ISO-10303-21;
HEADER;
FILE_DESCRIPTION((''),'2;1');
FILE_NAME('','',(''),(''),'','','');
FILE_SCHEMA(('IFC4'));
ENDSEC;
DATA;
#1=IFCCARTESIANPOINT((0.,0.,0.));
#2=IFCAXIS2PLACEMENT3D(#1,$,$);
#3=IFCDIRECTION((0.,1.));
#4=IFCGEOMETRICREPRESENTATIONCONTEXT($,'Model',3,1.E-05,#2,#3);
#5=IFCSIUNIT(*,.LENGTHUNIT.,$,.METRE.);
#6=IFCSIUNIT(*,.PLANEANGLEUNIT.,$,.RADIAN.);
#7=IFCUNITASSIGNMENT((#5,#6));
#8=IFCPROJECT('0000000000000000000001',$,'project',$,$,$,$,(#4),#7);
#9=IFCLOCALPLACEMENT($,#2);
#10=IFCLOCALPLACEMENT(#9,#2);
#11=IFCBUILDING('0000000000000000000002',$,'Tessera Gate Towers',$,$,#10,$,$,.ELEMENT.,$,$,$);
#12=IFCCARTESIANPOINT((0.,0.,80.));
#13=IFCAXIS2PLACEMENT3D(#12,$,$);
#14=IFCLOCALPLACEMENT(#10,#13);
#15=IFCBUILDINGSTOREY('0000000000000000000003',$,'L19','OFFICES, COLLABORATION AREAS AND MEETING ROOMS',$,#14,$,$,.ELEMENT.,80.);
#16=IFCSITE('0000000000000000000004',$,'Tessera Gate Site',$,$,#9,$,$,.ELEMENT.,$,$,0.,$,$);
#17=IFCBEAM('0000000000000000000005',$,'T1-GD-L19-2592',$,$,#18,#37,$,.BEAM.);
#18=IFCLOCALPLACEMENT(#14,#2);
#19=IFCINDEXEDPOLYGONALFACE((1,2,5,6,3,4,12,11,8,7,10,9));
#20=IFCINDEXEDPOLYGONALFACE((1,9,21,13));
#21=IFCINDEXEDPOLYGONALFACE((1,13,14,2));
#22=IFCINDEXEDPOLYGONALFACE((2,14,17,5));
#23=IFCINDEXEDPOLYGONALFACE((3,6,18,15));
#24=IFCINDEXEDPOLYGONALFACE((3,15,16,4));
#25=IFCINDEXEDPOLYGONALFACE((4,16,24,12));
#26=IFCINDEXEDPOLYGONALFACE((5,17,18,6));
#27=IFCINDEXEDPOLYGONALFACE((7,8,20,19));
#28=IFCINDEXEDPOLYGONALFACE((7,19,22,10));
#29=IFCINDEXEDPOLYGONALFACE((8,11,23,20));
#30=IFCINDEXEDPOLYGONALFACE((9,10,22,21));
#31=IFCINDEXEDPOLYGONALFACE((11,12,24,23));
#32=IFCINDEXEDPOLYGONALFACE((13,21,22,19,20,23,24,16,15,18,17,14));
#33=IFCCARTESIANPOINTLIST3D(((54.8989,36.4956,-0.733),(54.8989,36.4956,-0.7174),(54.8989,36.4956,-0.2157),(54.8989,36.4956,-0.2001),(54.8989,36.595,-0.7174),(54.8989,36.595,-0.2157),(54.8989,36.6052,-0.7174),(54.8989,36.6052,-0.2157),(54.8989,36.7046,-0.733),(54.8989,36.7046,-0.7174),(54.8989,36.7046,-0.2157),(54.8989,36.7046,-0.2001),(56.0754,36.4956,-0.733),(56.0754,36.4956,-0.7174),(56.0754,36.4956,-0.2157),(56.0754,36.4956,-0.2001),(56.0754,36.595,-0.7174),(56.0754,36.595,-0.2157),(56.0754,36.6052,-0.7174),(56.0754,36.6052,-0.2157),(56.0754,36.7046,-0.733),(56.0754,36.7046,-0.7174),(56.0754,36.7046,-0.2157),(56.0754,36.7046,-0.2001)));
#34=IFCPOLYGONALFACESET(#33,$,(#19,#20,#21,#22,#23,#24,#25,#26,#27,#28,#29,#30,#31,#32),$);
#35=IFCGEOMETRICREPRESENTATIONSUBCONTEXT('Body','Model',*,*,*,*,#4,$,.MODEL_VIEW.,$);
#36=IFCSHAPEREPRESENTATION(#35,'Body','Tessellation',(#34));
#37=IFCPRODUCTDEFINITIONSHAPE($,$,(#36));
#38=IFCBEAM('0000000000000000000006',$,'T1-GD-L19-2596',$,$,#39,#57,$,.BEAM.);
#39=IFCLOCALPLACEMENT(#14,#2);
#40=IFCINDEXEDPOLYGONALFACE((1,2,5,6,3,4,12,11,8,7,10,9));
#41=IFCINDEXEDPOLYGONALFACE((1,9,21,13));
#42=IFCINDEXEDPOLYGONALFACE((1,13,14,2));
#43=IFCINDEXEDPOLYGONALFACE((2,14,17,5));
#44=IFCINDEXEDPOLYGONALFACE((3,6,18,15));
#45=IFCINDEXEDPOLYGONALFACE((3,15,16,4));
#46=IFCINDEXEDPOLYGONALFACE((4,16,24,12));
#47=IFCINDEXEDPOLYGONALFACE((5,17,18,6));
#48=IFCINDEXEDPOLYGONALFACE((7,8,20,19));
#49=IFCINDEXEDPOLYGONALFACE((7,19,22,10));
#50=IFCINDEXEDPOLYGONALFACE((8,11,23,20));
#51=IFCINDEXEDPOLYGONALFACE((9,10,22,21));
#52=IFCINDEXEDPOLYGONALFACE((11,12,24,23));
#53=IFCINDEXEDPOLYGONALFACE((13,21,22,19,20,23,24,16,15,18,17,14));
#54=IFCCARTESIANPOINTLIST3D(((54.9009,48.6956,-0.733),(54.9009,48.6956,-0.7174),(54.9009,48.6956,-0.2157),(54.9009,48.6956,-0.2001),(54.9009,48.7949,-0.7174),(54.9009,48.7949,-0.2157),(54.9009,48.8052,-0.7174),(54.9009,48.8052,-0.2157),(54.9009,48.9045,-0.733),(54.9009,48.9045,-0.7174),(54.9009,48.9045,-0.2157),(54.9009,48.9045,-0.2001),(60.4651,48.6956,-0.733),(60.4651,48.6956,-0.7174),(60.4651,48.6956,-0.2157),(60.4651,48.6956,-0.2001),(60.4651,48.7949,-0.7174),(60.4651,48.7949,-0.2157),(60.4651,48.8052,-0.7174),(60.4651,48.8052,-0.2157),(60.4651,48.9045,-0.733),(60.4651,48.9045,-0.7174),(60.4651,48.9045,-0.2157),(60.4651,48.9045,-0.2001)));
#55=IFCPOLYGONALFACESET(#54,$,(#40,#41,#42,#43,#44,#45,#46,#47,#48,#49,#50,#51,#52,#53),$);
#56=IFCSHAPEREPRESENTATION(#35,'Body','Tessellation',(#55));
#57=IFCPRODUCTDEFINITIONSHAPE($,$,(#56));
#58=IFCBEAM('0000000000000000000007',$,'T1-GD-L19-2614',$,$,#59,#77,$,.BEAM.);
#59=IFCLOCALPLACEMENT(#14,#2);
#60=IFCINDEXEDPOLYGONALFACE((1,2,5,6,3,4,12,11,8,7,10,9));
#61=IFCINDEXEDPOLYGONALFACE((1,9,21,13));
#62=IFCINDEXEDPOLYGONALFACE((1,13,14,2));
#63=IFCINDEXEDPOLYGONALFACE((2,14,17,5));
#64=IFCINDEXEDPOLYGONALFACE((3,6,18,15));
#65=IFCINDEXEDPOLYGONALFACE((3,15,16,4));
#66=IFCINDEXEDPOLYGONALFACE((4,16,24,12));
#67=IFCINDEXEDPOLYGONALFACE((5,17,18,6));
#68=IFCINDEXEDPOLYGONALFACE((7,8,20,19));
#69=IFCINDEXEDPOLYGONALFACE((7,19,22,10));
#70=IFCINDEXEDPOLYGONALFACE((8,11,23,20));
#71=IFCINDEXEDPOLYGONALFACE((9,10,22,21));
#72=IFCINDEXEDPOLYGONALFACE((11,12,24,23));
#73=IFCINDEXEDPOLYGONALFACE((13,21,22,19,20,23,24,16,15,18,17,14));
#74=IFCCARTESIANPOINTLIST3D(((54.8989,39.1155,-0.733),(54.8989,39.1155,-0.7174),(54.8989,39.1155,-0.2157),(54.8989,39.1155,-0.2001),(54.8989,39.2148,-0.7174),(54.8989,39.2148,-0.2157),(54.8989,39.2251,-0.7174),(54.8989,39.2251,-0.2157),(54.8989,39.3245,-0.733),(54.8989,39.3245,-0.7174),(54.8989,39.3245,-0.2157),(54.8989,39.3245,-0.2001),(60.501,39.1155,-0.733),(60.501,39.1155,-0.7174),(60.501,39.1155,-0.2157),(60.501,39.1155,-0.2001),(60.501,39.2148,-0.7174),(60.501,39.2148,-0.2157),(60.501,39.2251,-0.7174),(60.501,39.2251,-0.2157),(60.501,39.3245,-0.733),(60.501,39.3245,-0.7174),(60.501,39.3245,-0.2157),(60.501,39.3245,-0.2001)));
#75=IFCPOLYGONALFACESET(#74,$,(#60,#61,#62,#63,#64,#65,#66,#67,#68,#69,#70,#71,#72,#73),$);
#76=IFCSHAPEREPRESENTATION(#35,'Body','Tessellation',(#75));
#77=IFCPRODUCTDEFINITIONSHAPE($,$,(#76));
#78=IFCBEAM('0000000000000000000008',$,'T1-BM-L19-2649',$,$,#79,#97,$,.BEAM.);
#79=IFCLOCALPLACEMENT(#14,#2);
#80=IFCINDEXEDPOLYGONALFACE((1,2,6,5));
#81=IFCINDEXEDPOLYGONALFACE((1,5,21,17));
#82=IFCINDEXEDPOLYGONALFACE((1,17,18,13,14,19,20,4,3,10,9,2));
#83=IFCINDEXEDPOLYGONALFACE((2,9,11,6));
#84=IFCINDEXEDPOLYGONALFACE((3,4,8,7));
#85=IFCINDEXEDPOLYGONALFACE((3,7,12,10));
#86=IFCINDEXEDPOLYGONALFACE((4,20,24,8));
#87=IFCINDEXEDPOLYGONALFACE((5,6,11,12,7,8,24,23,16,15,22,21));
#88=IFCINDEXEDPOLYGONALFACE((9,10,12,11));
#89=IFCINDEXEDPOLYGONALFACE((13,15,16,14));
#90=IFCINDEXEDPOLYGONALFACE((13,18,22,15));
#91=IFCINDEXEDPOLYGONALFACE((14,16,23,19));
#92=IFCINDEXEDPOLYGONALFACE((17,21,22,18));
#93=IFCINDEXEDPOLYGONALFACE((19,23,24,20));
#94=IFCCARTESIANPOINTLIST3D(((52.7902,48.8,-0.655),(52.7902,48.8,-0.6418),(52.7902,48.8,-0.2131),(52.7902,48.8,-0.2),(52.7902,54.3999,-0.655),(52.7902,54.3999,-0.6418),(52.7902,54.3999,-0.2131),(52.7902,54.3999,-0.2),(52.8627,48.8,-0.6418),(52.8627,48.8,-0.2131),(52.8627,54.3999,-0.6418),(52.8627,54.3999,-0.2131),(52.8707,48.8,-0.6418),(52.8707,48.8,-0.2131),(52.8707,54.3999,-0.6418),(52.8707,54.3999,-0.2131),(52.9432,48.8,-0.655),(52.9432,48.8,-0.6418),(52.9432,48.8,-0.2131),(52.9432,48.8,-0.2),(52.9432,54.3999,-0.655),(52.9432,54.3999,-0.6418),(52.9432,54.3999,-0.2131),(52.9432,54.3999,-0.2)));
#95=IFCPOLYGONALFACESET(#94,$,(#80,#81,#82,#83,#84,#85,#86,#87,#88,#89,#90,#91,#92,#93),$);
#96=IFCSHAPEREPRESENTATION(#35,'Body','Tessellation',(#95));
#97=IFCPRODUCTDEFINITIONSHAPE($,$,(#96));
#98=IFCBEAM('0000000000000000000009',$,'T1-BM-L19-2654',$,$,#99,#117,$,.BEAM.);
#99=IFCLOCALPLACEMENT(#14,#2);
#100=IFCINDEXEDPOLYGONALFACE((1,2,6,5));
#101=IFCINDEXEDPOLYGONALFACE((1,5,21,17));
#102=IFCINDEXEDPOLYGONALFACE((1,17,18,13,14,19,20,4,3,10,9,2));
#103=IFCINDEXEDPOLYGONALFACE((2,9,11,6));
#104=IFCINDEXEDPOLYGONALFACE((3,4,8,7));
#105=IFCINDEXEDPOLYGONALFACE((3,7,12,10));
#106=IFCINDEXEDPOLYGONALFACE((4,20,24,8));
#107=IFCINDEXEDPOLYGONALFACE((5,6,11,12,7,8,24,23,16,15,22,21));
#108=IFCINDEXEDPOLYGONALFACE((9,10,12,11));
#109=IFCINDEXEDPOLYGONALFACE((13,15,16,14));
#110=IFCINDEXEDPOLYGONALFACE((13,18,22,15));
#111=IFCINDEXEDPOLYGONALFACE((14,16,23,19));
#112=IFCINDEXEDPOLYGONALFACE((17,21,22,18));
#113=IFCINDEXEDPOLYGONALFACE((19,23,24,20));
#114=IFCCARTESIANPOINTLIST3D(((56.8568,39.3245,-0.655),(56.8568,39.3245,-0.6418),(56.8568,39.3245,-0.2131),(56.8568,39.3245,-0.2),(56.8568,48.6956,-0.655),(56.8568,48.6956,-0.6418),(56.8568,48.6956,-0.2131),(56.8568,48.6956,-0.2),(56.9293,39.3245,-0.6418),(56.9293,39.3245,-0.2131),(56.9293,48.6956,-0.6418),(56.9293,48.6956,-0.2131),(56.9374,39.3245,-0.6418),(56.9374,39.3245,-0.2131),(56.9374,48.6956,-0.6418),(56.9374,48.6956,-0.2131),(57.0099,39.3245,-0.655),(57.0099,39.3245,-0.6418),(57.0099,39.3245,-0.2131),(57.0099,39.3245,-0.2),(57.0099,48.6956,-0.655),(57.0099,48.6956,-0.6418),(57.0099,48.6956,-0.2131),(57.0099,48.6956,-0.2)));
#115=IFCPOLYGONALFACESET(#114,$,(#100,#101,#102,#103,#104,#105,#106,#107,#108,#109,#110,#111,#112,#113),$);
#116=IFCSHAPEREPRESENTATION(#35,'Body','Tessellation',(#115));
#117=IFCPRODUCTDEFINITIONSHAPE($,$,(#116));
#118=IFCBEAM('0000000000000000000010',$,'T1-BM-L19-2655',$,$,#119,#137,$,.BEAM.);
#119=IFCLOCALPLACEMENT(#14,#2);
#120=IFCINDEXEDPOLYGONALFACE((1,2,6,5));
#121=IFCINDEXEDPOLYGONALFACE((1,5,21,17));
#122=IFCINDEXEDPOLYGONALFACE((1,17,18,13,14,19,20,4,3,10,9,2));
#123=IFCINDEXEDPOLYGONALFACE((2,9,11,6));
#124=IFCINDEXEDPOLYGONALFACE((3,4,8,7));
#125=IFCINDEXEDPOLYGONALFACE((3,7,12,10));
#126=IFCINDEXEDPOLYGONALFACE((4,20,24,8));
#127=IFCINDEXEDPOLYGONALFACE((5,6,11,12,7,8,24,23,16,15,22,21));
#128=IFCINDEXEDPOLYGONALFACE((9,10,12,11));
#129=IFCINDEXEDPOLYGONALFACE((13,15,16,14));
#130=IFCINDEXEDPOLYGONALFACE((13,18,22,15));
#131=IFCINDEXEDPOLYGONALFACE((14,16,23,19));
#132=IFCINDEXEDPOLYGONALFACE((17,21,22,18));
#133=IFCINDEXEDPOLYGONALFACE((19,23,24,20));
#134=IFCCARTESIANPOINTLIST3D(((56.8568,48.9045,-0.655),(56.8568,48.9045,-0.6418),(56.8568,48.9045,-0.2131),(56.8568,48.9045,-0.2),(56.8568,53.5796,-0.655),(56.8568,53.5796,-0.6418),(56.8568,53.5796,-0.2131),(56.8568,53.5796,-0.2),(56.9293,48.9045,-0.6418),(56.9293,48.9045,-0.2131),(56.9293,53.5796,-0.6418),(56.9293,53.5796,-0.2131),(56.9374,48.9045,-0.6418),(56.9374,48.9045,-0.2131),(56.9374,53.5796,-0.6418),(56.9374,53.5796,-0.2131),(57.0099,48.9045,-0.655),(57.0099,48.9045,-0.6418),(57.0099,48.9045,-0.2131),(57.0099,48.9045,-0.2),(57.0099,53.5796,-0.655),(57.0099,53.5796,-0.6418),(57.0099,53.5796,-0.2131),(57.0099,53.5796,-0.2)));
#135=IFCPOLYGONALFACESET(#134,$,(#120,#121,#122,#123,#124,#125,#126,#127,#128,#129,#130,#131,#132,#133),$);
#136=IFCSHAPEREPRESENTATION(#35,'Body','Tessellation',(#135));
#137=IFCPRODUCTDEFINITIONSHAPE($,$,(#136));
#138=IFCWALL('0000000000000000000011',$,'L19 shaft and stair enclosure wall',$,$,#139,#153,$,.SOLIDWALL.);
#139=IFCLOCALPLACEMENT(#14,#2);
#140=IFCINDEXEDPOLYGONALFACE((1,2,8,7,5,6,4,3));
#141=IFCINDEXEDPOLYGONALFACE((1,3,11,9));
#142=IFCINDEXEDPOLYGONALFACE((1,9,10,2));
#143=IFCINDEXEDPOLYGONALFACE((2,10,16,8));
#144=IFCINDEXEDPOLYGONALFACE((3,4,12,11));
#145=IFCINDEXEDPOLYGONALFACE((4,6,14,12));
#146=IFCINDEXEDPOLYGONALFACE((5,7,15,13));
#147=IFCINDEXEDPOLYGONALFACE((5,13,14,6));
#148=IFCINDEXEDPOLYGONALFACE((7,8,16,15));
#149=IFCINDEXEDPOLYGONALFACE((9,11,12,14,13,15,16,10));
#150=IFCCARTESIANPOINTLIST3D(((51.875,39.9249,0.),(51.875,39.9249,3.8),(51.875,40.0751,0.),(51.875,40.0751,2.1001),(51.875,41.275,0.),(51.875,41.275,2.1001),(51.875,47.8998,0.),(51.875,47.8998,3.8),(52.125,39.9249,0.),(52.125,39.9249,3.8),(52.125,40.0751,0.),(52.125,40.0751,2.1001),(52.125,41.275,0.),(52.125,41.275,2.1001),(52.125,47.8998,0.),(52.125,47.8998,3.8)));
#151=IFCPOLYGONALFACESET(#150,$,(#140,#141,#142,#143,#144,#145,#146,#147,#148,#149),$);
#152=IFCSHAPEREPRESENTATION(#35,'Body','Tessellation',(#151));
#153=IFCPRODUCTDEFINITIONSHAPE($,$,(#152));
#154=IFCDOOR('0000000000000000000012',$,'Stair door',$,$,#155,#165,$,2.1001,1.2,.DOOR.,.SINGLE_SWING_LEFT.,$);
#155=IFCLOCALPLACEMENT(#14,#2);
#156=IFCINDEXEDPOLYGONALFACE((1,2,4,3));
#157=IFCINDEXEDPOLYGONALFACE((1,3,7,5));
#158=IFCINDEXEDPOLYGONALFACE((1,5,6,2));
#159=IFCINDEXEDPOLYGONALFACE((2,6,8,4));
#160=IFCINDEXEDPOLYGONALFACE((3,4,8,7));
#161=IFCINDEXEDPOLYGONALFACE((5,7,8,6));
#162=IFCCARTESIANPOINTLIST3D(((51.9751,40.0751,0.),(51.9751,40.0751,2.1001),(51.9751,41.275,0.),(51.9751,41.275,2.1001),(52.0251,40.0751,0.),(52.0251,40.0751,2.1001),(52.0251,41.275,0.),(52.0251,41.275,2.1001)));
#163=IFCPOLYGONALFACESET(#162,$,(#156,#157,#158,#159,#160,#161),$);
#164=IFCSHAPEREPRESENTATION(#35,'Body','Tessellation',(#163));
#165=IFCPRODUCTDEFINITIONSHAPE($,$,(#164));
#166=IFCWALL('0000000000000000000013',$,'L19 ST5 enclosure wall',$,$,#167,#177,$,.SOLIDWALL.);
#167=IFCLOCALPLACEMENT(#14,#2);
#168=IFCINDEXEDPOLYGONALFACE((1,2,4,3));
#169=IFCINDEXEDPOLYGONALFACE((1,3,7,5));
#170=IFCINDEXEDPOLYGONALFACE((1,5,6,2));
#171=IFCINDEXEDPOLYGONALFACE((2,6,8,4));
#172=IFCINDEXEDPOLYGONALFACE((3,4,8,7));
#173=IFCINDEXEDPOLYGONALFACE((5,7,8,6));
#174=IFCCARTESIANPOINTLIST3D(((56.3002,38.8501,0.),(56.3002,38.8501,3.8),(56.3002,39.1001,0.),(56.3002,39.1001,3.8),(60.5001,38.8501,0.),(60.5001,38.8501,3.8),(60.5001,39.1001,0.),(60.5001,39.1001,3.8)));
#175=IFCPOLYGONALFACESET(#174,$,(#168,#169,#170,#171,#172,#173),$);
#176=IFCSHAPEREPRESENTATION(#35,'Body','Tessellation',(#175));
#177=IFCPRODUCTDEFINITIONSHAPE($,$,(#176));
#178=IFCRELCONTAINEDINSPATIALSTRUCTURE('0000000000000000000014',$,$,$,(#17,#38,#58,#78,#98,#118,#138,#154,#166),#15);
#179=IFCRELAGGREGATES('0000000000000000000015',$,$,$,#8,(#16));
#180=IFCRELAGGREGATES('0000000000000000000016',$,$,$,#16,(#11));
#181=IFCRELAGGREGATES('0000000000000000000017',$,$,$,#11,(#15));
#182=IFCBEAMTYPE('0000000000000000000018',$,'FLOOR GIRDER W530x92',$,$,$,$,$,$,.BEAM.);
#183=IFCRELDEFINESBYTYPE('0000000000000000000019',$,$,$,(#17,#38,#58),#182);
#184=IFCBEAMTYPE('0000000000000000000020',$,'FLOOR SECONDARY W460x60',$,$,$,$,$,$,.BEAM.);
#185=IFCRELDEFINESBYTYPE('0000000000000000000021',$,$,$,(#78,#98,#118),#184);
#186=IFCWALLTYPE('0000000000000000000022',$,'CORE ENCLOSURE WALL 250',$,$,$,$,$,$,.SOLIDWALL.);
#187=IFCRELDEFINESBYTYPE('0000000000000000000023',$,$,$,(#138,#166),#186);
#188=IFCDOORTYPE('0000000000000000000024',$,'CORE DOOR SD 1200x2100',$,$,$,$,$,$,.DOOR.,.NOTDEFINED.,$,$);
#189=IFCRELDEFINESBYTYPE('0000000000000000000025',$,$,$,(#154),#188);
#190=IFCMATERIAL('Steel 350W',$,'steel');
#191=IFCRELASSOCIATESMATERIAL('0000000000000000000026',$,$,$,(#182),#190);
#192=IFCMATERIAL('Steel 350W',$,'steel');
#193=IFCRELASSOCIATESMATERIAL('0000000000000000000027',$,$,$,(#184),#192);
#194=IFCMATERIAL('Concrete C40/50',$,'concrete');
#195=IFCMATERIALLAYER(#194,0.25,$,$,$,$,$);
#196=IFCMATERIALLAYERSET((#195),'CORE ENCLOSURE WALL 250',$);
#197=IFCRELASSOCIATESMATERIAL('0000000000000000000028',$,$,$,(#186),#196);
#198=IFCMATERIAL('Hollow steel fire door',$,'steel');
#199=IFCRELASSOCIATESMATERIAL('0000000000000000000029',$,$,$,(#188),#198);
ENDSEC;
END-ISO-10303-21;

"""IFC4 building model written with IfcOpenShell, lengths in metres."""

from ifc_helpers import new_model, si_unit, direction, frame, frame_2d, origin, origin_2d, place, context, subcontext, project, spatial, rectangle, i_section, extrude, source, transform, mapped, material, layer, layer_set, material_profile, profile_set, type_object, element, fill, save


model = new_model("IFC4")

# Units and contexts
model_context = context("Model", 3, precision=1e-05, world=origin(), true_north=direction((0.0, 1.0)))
body_context = subcontext(model_context, "Body", "Model", "MODEL_VIEW")
ifc_project = project(units=[si_unit("LENGTHUNIT", "METRE"), si_unit("PLANEANGLEUNIT", "RADIAN")], contexts=[model_context])

# Site, building, storey
site_placement = place(None, origin())
site = spatial("IfcSite", under=ifc_project, at=site_placement, Name="Tessera Gate Site", CompositionType="ELEMENT", RefElevation=0.0)
building_placement = place(site_placement, origin())
building = spatial("IfcBuilding", under=site, at=building_placement, Name="Tessera Gate Towers", CompositionType="ELEMENT")
storey_placement = place(building_placement, frame((0.0, 0.0, 80.0)))
storey = spatial("IfcBuildingStorey", under=building, at=storey_placement, Name="L19", Description="OFFICES, COLLABORATION AREAS AND MEETING ROOMS", CompositionType="ELEMENT", Elevation=80.0)

# Beams
ifc_material_1 = material(Name="Steel 350W", Category="steel")
ifc_material_profile_1 = material_profile(ifc_material_1, i_section(OverallWidth=0.209, OverallDepth=0.533, WebThickness=0.0103, FlangeThickness=0.0156, at=origin_2d()), Name="W530x92")
ifc_profile_set_1 = profile_set([ifc_material_profile_1], Name="Steel 350W")
beam_type_1 = type_object("IfcBeamType", Name="FLOOR GIRDER W530x92", PredefinedType="BEAM", material=ifc_profile_set_1)
beam_1_placement = place(storey_placement, frame((54.8989, 36.6001, -0.4666), z_axis=(1.0, 0.0, 0.0), x_axis=(0.0, 1.0, 0.0)))
element("IfcBeam", 1, at=beam_1_placement, inside=storey, type_object=beam_type_1, Name="T1-GD-L19-2592", PredefinedType="BEAM", context=body_context, shape_type="SweptSolid", body=[
    extrude(i_section(OverallWidth=0.209, OverallDepth=0.533, WebThickness=0.0103, FlangeThickness=0.0156, at=origin_2d()), origin(), (0.0, 0.0, 1.0), 1.1765),
])
beam_2_placement = place(storey_placement, frame((54.9009, 48.8, -0.4666), z_axis=(1.0, 0.0, 0.0), x_axis=(0.0, 1.0, 0.0)))
element("IfcBeam", 2, at=beam_2_placement, inside=storey, type_object=beam_type_1, Name="T1-GD-L19-2596", PredefinedType="BEAM", context=body_context, shape_type="SweptSolid", body=[
    extrude(i_section(OverallWidth=0.209, OverallDepth=0.533, WebThickness=0.0103, FlangeThickness=0.0156, at=origin_2d()), origin(), (0.0, 0.0, 1.0), 5.5642),
])
beam_3_placement = place(storey_placement, frame((54.8989, 39.22, -0.4666), z_axis=(1.0, 0.0, 0.0), x_axis=(0.0, 1.0, 0.0)))
element("IfcBeam", 3, at=beam_3_placement, inside=storey, type_object=beam_type_1, Name="T1-GD-L19-2614", PredefinedType="BEAM", context=body_context, shape_type="SweptSolid", body=[
    extrude(i_section(OverallWidth=0.209, OverallDepth=0.533, WebThickness=0.0103, FlangeThickness=0.0156, at=origin_2d()), origin(), (0.0, 0.0, 1.0), 5.6021),
])
ifc_material_2 = material(Name="Steel 350W", Category="steel")
ifc_material_profile_2 = material_profile(ifc_material_2, i_section(OverallWidth=0.1531, OverallDepth=0.4551, WebThickness=0.0081, FlangeThickness=0.0132, at=origin_2d()), Name="W460x60")
ifc_profile_set_2 = profile_set([ifc_material_profile_2], Name="Steel 350W")
beam_type_2 = type_object("IfcBeamType", Name="FLOOR SECONDARY W460x60", PredefinedType="BEAM", material=ifc_profile_set_2)
beam_4_placement = place(storey_placement, frame((52.8667, 48.8, -0.4275), z_axis=(0.0, 1.0, 0.0), x_axis=(-1.0, 0.0, 0.0)))
element("IfcBeam", 4, at=beam_4_placement, inside=storey, type_object=beam_type_2, Name="T1-BM-L19-2649", PredefinedType="BEAM", context=body_context, shape_type="SweptSolid", body=[
    extrude(i_section(OverallWidth=0.1531, OverallDepth=0.4551, WebThickness=0.0081, FlangeThickness=0.0132, at=origin_2d()), origin(), (0.0, 0.0, 1.0), 5.5999),
])
beam_5_placement = place(storey_placement, frame((56.9333, 39.3245, -0.4275), z_axis=(0.0, 1.0, 0.0), x_axis=(-1.0, 0.0, 0.0)))
element("IfcBeam", 5, at=beam_5_placement, inside=storey, type_object=beam_type_2, Name="T1-BM-L19-2654", PredefinedType="BEAM", context=body_context, shape_type="SweptSolid", body=[
    extrude(i_section(OverallWidth=0.1531, OverallDepth=0.4551, WebThickness=0.0081, FlangeThickness=0.0132, at=origin_2d()), origin(), (0.0, 0.0, 1.0), 9.3711),
])
beam_6_placement = place(storey_placement, frame((56.9333, 48.9045, -0.4275), z_axis=(0.0, 1.0, 0.0), x_axis=(-1.0, 0.0, 0.0)))
element("IfcBeam", 6, at=beam_6_placement, inside=storey, type_object=beam_type_2, Name="T1-BM-L19-2655", PredefinedType="BEAM", context=body_context, shape_type="SweptSolid", body=[
    extrude(i_section(OverallWidth=0.1531, OverallDepth=0.4551, WebThickness=0.0081, FlangeThickness=0.0132, at=origin_2d()), origin(), (0.0, 0.0, 1.0), 4.675),
])

# Wall, opening, door
ifc_material_3 = material(Name="Concrete C40/50", Category="concrete")
ifc_layer_1 = layer(ifc_material_3, 0.25)
ifc_layer_set_1 = layer_set([ifc_layer_1], Name="CORE ENCLOSURE WALL 250")
wall_type_1 = type_object("IfcWallType", Name="CORE ENCLOSURE WALL 250", PredefinedType="SOLIDWALL", material=ifc_layer_set_1)
wall_1_placement = place(storey_placement, frame((52.0, 39.925, 0.0), z_axis=(0.0, 0.0, 1.0), x_axis=(0.0, 1.0, 0.0)))
wall_1 = element("IfcWall", 7, at=wall_1_placement, inside=storey, type_object=wall_type_1, Name="L19 shaft and stair enclosure wall", PredefinedType="SOLIDWALL", context=body_context, shape_type="SweptSolid", body=[
    extrude(rectangle(XDim=7.9749, YDim=0.25, at=frame_2d((3.9873, 0.0))), origin(), (0.0, 0.0, 1.0), 3.8),
])
shared_shape_1 = source(origin(), body_context, "Body", "SweptSolid", [
    extrude(rectangle(XDim=1.2, YDim=2.1001, at=frame_2d((0.6001, 1.05))), frame((0.0, 0.135, 0.0), z_axis=(0.0, -1.0, 0.0), x_axis=(1.0, 0.0, 0.0)), (0.0, 0.0, 1.0), 0.27),
])
opening_1_placement = place(wall_1_placement, frame((0.1499, 0.0, 0.0)))
opening_1 = element("IfcOpeningElement", 8, at=opening_1_placement, cuts=wall_1, PredefinedType="OPENING", context=body_context, shape_type="MappedRepresentation", body=[
    mapped(shared_shape_1, transform((0.0, 0.0, 0.0), scale=1.0)),
])
ifc_material_4 = material(Name="Hollow steel fire door", Category="steel")
door_type_1 = type_object("IfcDoorType", Name="CORE DOOR SD 1200x2100", OperationType="NOTDEFINED", PredefinedType="DOOR", material=ifc_material_4)
shared_shape_2 = source(origin(), body_context, "Body", "SweptSolid", [
    extrude(rectangle(XDim=1.2, YDim=2.1001, at=frame_2d((0.6001, 1.05))), frame((0.0, 0.0249, 0.0), z_axis=(0.0, -1.0, 0.0), x_axis=(1.0, 0.0, 0.0)), (0.0, 0.0, 1.0), 0.05),
])
door_1_placement = place(opening_1_placement, origin())
door_1 = element("IfcDoor", 9, at=door_1_placement, inside=storey, type_object=door_type_1, Name="Stair door", OperationType="SINGLE_SWING_LEFT", OverallHeight=2.1001, OverallWidth=1.2, PredefinedType="DOOR", context=body_context, shape_type="MappedRepresentation", body=[
    mapped(shared_shape_2, transform((0.0, 0.0, 0.0), scale=1.0)),
])
fill(opening_1, door_1)

# Wall
wall_2_placement = place(storey_placement, frame((56.3, 38.9751, 0.0), z_axis=(0.0, 0.0, 1.0), x_axis=(1.0, 0.0, 0.0)))
element("IfcWall", 10, at=wall_2_placement, inside=storey, type_object=wall_type_1, Name="L19 ST5 enclosure wall", PredefinedType="SOLIDWALL", context=body_context, shape_type="SweptSolid", body=[
    extrude(rectangle(XDim=4.2, YDim=0.25, at=frame_2d((2.1001, 0.0))), origin(), (0.0, 0.0, 1.0), 3.8),
])

save(model, "model.ifc")
